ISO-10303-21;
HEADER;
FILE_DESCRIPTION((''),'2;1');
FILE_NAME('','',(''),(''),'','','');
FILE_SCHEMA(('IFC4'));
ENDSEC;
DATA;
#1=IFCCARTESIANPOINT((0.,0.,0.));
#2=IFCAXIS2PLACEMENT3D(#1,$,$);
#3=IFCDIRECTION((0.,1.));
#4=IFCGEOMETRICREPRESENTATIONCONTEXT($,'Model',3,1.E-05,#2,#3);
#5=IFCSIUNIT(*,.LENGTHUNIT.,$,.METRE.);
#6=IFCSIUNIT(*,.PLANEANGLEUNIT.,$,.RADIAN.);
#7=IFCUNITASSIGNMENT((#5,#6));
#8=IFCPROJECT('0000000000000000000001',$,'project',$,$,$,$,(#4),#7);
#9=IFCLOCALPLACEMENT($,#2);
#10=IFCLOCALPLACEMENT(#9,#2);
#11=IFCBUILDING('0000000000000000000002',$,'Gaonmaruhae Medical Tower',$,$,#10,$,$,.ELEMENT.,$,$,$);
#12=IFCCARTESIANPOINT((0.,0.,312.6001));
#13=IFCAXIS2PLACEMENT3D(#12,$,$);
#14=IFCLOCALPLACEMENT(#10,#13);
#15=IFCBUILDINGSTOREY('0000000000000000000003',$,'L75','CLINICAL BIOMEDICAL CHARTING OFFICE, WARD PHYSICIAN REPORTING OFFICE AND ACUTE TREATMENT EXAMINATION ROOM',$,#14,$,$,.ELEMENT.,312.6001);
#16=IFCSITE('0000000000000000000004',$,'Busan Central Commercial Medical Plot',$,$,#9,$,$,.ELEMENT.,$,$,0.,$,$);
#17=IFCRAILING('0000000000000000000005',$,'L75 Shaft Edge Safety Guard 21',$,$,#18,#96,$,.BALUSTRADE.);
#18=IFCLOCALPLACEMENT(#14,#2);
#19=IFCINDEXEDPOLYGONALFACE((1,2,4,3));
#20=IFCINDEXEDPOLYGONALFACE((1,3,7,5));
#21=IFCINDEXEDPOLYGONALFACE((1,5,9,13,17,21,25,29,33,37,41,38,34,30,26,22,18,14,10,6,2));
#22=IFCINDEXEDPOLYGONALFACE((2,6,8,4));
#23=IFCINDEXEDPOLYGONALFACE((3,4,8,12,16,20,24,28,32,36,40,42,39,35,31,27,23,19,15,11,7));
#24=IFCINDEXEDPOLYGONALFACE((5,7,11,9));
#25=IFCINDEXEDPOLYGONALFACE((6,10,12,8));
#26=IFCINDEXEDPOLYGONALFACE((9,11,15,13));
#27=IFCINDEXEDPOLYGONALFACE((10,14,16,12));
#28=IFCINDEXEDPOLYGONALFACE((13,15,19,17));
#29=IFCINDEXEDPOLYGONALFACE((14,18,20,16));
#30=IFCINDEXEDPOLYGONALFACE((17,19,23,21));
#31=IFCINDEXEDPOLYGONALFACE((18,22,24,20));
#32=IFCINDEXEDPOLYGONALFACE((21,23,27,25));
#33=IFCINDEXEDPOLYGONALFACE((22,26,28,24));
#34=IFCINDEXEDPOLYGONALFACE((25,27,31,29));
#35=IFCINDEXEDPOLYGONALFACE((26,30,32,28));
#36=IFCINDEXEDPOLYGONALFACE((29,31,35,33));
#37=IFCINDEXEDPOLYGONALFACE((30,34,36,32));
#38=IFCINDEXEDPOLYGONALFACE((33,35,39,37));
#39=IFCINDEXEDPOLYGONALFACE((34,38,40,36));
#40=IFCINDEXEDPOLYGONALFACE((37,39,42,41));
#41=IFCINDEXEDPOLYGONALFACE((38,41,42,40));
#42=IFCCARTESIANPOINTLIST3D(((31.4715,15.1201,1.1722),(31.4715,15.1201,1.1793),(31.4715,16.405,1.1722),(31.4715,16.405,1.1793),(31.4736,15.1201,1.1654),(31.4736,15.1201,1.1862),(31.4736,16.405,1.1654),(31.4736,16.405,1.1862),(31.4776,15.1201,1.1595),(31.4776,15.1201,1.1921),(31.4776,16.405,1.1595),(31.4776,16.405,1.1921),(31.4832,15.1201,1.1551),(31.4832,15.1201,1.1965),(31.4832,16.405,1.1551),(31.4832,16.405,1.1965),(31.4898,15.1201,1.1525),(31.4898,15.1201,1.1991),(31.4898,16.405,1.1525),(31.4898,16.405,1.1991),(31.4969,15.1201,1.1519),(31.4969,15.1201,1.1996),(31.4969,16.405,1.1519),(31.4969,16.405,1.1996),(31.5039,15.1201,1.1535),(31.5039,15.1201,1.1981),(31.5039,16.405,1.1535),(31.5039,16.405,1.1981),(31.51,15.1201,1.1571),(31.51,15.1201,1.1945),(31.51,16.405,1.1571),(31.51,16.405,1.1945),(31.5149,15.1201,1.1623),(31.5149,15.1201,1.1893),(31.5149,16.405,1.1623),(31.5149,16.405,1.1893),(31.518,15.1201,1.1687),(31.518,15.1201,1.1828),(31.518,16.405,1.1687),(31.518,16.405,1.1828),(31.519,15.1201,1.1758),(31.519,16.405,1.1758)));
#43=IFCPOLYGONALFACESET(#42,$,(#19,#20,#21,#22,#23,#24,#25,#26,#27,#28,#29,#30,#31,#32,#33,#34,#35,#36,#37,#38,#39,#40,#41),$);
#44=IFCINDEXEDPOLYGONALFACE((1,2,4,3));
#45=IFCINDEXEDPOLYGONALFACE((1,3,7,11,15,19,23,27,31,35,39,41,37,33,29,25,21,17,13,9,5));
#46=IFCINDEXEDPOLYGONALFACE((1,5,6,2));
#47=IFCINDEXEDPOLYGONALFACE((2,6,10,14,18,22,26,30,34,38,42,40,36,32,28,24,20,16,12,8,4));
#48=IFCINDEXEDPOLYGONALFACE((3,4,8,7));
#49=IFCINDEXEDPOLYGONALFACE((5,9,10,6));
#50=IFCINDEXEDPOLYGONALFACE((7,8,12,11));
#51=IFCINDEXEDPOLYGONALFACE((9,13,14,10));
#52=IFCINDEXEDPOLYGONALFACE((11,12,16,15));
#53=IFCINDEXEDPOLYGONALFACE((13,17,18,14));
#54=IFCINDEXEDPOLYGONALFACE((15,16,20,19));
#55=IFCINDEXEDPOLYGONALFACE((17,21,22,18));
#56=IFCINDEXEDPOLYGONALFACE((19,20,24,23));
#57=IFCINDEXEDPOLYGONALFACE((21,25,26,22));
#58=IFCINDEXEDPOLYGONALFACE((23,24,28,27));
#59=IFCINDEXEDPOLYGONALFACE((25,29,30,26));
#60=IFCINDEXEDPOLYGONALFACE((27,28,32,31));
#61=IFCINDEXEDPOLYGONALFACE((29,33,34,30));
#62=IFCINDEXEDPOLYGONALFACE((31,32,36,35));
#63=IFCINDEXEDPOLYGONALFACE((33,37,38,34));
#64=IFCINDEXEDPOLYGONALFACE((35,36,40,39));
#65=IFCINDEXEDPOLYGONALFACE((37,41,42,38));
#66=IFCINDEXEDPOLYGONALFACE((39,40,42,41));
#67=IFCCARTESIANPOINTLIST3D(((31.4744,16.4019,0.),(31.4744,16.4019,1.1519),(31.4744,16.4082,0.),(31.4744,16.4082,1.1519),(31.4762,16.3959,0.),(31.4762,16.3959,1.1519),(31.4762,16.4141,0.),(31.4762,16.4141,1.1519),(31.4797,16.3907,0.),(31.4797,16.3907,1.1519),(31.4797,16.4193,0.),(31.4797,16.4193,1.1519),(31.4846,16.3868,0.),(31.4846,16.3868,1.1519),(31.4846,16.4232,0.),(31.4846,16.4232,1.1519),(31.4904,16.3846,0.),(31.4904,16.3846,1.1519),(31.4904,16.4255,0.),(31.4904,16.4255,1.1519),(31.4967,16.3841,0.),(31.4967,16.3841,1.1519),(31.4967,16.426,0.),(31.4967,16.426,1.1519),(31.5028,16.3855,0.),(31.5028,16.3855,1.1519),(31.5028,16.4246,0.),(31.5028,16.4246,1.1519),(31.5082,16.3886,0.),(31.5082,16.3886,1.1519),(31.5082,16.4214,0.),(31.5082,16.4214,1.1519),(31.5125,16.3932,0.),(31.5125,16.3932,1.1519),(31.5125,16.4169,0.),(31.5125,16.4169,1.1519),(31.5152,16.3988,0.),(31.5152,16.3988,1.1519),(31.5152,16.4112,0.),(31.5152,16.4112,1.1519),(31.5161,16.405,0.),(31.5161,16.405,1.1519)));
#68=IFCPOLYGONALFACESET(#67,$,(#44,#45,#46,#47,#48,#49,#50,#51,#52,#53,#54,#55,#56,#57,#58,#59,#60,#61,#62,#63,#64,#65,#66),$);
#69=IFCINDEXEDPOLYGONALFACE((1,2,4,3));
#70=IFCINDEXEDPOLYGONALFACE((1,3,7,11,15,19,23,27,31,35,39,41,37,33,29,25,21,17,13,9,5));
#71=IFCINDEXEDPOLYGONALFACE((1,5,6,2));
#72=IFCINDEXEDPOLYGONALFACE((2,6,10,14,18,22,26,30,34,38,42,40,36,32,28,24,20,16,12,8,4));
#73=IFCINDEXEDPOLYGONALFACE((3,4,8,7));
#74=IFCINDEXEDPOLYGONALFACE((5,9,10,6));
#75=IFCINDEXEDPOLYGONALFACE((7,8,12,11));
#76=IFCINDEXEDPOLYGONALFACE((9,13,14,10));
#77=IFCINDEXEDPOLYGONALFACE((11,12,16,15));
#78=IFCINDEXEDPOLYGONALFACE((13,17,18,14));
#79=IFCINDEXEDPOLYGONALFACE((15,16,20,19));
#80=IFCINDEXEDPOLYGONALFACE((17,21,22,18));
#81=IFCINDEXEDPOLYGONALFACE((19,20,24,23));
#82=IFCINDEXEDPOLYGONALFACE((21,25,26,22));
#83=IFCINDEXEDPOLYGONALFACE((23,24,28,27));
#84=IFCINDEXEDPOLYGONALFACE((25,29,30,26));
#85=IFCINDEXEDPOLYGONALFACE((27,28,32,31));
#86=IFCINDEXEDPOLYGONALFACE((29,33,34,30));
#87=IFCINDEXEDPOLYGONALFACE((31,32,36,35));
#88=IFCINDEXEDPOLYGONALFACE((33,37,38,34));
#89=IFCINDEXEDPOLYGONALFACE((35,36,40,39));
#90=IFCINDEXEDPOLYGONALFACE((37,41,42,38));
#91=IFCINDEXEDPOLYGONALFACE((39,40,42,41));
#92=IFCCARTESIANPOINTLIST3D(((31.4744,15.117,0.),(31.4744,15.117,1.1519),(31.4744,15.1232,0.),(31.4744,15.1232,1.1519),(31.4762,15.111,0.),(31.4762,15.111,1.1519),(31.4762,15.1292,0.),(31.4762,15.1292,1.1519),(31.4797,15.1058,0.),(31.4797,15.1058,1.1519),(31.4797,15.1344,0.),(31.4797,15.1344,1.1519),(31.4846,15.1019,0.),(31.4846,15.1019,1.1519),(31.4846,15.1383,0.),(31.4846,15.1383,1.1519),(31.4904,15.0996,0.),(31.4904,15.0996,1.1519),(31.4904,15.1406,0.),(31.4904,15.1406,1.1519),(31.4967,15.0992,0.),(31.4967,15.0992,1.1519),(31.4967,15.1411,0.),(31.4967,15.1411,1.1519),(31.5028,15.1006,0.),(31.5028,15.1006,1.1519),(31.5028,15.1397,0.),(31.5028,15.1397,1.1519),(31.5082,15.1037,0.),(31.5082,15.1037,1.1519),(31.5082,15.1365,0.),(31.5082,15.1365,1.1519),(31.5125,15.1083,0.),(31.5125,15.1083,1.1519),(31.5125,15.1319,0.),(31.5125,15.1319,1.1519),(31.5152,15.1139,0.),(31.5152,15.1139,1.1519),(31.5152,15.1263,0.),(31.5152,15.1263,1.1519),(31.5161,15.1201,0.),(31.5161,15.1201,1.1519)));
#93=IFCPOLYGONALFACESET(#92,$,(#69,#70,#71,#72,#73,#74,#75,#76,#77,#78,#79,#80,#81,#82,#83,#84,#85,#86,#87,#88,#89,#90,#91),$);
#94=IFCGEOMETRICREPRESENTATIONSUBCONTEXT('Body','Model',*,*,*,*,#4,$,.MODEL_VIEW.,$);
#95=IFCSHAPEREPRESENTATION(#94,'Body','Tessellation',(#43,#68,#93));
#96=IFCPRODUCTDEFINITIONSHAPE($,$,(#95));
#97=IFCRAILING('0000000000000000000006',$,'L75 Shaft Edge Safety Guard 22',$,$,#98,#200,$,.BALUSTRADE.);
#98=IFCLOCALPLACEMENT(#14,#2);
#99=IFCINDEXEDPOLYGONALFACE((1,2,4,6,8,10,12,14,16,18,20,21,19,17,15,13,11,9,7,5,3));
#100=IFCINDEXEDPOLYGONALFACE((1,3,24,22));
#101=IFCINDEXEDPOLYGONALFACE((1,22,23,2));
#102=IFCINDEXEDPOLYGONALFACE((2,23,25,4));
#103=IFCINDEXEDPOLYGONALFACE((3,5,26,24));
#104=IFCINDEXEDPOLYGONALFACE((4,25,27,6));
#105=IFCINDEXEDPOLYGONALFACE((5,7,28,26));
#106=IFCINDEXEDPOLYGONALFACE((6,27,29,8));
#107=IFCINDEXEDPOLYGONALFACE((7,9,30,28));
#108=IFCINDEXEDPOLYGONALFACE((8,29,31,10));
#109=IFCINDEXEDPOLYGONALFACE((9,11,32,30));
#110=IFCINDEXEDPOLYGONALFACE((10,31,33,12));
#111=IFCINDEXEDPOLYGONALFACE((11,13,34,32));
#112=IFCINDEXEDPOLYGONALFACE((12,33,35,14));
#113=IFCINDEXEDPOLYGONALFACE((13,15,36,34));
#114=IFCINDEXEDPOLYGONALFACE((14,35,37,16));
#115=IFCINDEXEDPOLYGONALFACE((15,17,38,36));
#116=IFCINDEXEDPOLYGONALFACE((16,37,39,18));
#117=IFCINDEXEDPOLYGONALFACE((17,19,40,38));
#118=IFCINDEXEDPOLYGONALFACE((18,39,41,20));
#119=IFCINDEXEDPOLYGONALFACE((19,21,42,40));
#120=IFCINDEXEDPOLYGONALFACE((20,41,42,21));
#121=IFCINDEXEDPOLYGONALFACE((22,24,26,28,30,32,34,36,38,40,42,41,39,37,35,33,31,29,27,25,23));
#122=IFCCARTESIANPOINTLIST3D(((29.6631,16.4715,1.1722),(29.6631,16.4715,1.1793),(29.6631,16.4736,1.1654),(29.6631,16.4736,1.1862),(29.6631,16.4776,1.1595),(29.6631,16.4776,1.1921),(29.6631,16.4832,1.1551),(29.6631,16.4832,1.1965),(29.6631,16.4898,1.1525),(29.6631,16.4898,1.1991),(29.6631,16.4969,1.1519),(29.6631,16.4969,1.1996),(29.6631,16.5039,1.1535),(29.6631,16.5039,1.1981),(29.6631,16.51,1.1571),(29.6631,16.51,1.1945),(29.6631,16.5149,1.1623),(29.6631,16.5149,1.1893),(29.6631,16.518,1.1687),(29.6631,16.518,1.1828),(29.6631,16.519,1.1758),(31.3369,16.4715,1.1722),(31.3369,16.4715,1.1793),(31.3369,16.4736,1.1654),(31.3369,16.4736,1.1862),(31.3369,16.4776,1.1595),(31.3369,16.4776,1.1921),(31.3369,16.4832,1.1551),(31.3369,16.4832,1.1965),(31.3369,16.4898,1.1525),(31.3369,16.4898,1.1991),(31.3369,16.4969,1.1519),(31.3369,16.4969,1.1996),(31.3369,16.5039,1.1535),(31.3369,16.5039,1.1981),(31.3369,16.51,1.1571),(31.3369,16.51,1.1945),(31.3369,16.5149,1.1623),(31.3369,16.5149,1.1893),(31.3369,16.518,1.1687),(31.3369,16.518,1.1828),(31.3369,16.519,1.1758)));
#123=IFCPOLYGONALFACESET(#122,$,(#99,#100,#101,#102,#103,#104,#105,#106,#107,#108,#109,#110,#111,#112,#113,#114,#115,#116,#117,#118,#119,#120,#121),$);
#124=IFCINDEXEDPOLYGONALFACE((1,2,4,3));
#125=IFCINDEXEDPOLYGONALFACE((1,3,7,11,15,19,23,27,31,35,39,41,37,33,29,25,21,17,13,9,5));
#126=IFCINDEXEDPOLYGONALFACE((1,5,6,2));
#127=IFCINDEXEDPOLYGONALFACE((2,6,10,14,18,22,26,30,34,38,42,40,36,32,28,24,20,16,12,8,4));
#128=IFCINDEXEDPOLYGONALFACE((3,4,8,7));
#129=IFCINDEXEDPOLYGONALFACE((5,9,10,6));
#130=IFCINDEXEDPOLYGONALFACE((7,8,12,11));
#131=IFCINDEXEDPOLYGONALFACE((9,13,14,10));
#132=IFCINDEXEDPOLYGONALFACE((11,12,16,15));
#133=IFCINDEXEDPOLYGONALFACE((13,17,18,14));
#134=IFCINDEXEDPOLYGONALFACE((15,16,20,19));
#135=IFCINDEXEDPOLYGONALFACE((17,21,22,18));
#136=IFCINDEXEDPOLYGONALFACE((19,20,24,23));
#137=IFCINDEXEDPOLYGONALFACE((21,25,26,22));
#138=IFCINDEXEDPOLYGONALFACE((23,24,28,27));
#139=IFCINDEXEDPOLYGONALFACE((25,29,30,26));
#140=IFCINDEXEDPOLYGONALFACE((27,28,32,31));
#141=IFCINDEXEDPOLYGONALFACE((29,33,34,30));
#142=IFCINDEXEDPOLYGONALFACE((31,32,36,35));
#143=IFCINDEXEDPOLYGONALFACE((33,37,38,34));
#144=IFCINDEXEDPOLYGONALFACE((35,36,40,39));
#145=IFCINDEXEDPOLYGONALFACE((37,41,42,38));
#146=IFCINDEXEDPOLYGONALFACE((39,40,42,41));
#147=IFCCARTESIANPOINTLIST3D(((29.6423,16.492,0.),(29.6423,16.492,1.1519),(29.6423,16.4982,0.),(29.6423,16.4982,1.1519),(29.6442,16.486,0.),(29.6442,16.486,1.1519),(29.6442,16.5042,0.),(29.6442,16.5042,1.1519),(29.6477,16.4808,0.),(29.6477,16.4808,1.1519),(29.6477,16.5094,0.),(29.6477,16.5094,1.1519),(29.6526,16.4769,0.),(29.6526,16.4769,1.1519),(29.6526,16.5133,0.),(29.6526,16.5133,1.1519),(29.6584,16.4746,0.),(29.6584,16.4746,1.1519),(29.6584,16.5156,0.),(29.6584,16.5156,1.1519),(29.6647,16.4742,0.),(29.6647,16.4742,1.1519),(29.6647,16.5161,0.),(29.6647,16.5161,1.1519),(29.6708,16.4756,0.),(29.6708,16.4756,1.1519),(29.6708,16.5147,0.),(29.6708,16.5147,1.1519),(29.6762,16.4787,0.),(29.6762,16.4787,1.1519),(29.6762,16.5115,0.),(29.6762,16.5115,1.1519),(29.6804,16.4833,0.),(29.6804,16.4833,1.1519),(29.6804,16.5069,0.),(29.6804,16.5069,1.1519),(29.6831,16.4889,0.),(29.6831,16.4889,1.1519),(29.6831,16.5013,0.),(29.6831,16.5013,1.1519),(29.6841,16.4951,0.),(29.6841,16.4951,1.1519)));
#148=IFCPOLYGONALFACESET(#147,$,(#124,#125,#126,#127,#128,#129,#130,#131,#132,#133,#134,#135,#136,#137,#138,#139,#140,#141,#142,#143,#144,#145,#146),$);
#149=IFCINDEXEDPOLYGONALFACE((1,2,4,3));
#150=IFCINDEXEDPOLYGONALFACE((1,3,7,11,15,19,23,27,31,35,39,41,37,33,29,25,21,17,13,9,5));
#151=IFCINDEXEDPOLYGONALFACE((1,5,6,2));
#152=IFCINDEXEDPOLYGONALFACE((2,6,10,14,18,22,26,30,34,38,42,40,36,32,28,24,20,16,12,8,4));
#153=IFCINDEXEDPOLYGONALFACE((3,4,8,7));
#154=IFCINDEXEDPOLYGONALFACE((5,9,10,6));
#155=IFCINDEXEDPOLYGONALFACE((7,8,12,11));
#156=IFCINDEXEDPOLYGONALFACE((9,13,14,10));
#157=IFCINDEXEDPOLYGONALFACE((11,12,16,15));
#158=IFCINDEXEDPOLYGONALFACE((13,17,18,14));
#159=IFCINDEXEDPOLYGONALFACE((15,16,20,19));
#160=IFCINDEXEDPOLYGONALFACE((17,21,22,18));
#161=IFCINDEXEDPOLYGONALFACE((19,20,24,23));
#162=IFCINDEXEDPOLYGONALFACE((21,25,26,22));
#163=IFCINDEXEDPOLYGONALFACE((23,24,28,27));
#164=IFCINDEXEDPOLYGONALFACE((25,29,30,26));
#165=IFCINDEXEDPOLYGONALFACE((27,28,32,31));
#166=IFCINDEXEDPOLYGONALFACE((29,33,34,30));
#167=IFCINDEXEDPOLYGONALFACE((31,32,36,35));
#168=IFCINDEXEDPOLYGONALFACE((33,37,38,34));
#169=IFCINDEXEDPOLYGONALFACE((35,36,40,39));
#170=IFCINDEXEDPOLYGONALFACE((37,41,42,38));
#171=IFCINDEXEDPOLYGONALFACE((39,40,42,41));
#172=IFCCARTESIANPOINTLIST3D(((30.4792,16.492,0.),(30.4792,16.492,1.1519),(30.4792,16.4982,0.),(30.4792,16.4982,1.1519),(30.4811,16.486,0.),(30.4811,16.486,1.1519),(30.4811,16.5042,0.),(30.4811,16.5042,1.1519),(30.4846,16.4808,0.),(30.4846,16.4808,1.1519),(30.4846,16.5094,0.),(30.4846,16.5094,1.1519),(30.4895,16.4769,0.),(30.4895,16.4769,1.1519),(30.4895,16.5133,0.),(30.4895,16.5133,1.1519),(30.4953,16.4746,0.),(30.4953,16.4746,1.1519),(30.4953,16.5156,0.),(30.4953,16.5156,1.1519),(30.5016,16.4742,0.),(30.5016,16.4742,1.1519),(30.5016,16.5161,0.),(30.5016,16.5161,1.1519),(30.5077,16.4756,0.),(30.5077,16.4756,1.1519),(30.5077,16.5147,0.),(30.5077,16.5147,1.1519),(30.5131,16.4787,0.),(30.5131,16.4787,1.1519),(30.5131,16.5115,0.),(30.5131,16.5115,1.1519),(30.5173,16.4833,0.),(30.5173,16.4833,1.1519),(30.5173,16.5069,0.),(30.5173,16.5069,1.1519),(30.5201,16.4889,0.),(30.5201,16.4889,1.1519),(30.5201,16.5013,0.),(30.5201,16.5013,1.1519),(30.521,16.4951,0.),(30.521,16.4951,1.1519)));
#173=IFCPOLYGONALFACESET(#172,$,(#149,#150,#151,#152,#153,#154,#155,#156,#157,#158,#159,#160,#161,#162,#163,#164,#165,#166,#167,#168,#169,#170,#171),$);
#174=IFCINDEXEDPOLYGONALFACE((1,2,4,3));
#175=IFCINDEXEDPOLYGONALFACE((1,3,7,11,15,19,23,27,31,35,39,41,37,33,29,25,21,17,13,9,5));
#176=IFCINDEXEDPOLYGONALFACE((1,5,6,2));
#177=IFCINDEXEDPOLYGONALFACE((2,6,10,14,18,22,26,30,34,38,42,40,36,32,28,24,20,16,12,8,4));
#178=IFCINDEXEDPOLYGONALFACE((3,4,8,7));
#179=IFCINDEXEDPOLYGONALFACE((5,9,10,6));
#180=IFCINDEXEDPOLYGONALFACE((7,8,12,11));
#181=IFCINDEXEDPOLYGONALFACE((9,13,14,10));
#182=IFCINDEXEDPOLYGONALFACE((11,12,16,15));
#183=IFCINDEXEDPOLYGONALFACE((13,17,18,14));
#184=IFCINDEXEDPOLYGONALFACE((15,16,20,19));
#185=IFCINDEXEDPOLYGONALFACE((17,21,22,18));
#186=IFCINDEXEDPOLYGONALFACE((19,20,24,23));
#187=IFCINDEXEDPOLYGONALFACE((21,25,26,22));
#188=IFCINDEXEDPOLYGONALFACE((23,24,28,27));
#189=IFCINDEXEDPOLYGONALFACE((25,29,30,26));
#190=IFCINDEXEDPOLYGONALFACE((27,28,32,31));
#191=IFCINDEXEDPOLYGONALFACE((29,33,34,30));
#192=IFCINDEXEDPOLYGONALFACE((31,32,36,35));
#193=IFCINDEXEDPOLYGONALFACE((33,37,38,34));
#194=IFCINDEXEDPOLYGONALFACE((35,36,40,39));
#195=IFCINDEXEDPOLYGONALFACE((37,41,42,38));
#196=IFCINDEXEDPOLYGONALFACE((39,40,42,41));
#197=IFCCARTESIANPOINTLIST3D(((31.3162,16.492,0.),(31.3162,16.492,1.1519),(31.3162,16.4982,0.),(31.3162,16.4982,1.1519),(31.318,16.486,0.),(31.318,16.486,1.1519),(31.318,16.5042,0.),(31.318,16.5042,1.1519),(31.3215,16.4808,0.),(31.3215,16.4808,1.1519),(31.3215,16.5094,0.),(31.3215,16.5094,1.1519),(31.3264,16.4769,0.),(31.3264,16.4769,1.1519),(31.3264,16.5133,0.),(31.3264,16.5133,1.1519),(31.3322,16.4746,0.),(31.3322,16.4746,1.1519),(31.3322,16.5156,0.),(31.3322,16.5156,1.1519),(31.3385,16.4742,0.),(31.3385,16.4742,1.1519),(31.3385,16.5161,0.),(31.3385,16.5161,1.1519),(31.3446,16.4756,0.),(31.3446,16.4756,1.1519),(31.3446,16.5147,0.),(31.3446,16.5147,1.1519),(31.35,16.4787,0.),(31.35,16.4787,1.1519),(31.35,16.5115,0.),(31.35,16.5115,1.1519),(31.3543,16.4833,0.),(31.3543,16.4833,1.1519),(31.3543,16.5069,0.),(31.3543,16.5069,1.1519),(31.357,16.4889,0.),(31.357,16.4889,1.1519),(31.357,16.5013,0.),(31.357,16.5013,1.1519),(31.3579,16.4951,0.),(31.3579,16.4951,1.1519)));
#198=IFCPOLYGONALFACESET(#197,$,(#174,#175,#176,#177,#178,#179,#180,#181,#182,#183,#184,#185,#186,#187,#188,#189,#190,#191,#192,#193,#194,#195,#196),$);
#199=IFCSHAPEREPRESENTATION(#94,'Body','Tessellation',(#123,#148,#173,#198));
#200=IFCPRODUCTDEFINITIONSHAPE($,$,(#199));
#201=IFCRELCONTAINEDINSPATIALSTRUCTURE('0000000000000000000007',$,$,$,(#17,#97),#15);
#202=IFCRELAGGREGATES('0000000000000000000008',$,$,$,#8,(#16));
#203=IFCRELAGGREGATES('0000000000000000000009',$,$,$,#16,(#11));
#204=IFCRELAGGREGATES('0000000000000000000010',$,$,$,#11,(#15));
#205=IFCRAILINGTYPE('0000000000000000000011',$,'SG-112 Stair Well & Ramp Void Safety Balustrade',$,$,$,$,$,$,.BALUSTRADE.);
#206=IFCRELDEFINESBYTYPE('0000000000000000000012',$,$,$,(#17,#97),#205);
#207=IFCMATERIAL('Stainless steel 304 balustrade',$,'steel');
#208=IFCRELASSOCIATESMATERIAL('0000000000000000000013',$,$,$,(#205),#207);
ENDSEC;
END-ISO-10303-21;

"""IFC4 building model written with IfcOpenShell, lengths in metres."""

from ifc_helpers import new_model, si_unit, direction, frame, origin, origin_2d, place, context, subcontext, project, spatial, circle, extrude, material, type_object, element, save


model = new_model("IFC4")

# Units and contexts
model_context = context("Model", 3, precision=1e-05, world=origin(), true_north=direction((0.0, 1.0)))
body_context = subcontext(model_context, "Body", "Model", "MODEL_VIEW")
ifc_project = project(units=[si_unit("LENGTHUNIT", "METRE"), si_unit("PLANEANGLEUNIT", "RADIAN")], contexts=[model_context])

# Site, building, storey
site_placement = place(None, origin())
site = spatial("IfcSite", under=ifc_project, at=site_placement, Name="Busan Central Commercial Medical Plot", CompositionType="ELEMENT", RefElevation=0.0)
building_placement = place(site_placement, origin())
building = spatial("IfcBuilding", under=site, at=building_placement, Name="Gaonmaruhae Medical Tower", CompositionType="ELEMENT")
storey_placement = place(building_placement, frame((0.0, 0.0, 312.6001)))
storey = spatial("IfcBuildingStorey", under=building, at=storey_placement, Name="L75", Description="CLINICAL BIOMEDICAL CHARTING OFFICE, WARD PHYSICIAN REPORTING OFFICE AND ACUTE TREATMENT EXAMINATION ROOM", CompositionType="ELEMENT", Elevation=312.6001)

# Railings
ifc_material_1 = material(Name="Stainless steel 304 balustrade", Category="steel")
railing_type_1 = type_object("IfcRailingType", Name="SG-112 Stair Well & Ramp Void Safety Balustrade", PredefinedType="BALUSTRADE", material=ifc_material_1)
railing_1_placement = place(storey_placement, frame((31.4951, 16.405, 0.0)))
element("IfcRailing", 1, at=railing_1_placement, inside=storey, type_object=railing_type_1, Name="L75 Shaft Edge Safety Guard 21", PredefinedType="BALUSTRADE", context=body_context, shape_type="SweptSolid", body=[
    extrude(circle(Radius=0.0239, at=origin_2d()), frame((0.0, 0.0, 1.1758), z_axis=(0.0, -1.0, 0.0), x_axis=(1.0, 0.0, 0.0)), (0.0, 0.0, 1.0), 1.2849),
    extrude(circle(Radius=0.021, at=origin_2d()), origin(), (0.0, 0.0, 1.0), 1.1519),
    extrude(circle(Radius=0.021, at=origin_2d()), frame((0.0, -1.2849, 0.0)), (0.0, 0.0, 1.0), 1.1519),
])
railing_2_placement = place(storey_placement, frame((29.6631, 16.4951, 0.0)))
element("IfcRailing", 2, at=railing_2_placement, inside=storey, type_object=railing_type_1, Name="L75 Shaft Edge Safety Guard 22", PredefinedType="BALUSTRADE", context=body_context, shape_type="SweptSolid", body=[
    extrude(circle(Radius=0.0239, at=origin_2d()), frame((0.0, 0.0, 1.1758), z_axis=(1.0, 0.0, 0.0), x_axis=(0.0, 1.0, 0.0)), (0.0, 0.0, 1.0), 1.6738),
    extrude(circle(Radius=0.021, at=origin_2d()), origin(), (0.0, 0.0, 1.0), 1.1519),
    extrude(circle(Radius=0.021, at=origin_2d()), frame((0.8369, 0.0, 0.0)), (0.0, 0.0, 1.0), 1.1519),
    extrude(circle(Radius=0.021, at=origin_2d()), frame((1.6738, 0.0, 0.0)), (0.0, 0.0, 1.0), 1.1519),
])

save(model, "model.ifc")
